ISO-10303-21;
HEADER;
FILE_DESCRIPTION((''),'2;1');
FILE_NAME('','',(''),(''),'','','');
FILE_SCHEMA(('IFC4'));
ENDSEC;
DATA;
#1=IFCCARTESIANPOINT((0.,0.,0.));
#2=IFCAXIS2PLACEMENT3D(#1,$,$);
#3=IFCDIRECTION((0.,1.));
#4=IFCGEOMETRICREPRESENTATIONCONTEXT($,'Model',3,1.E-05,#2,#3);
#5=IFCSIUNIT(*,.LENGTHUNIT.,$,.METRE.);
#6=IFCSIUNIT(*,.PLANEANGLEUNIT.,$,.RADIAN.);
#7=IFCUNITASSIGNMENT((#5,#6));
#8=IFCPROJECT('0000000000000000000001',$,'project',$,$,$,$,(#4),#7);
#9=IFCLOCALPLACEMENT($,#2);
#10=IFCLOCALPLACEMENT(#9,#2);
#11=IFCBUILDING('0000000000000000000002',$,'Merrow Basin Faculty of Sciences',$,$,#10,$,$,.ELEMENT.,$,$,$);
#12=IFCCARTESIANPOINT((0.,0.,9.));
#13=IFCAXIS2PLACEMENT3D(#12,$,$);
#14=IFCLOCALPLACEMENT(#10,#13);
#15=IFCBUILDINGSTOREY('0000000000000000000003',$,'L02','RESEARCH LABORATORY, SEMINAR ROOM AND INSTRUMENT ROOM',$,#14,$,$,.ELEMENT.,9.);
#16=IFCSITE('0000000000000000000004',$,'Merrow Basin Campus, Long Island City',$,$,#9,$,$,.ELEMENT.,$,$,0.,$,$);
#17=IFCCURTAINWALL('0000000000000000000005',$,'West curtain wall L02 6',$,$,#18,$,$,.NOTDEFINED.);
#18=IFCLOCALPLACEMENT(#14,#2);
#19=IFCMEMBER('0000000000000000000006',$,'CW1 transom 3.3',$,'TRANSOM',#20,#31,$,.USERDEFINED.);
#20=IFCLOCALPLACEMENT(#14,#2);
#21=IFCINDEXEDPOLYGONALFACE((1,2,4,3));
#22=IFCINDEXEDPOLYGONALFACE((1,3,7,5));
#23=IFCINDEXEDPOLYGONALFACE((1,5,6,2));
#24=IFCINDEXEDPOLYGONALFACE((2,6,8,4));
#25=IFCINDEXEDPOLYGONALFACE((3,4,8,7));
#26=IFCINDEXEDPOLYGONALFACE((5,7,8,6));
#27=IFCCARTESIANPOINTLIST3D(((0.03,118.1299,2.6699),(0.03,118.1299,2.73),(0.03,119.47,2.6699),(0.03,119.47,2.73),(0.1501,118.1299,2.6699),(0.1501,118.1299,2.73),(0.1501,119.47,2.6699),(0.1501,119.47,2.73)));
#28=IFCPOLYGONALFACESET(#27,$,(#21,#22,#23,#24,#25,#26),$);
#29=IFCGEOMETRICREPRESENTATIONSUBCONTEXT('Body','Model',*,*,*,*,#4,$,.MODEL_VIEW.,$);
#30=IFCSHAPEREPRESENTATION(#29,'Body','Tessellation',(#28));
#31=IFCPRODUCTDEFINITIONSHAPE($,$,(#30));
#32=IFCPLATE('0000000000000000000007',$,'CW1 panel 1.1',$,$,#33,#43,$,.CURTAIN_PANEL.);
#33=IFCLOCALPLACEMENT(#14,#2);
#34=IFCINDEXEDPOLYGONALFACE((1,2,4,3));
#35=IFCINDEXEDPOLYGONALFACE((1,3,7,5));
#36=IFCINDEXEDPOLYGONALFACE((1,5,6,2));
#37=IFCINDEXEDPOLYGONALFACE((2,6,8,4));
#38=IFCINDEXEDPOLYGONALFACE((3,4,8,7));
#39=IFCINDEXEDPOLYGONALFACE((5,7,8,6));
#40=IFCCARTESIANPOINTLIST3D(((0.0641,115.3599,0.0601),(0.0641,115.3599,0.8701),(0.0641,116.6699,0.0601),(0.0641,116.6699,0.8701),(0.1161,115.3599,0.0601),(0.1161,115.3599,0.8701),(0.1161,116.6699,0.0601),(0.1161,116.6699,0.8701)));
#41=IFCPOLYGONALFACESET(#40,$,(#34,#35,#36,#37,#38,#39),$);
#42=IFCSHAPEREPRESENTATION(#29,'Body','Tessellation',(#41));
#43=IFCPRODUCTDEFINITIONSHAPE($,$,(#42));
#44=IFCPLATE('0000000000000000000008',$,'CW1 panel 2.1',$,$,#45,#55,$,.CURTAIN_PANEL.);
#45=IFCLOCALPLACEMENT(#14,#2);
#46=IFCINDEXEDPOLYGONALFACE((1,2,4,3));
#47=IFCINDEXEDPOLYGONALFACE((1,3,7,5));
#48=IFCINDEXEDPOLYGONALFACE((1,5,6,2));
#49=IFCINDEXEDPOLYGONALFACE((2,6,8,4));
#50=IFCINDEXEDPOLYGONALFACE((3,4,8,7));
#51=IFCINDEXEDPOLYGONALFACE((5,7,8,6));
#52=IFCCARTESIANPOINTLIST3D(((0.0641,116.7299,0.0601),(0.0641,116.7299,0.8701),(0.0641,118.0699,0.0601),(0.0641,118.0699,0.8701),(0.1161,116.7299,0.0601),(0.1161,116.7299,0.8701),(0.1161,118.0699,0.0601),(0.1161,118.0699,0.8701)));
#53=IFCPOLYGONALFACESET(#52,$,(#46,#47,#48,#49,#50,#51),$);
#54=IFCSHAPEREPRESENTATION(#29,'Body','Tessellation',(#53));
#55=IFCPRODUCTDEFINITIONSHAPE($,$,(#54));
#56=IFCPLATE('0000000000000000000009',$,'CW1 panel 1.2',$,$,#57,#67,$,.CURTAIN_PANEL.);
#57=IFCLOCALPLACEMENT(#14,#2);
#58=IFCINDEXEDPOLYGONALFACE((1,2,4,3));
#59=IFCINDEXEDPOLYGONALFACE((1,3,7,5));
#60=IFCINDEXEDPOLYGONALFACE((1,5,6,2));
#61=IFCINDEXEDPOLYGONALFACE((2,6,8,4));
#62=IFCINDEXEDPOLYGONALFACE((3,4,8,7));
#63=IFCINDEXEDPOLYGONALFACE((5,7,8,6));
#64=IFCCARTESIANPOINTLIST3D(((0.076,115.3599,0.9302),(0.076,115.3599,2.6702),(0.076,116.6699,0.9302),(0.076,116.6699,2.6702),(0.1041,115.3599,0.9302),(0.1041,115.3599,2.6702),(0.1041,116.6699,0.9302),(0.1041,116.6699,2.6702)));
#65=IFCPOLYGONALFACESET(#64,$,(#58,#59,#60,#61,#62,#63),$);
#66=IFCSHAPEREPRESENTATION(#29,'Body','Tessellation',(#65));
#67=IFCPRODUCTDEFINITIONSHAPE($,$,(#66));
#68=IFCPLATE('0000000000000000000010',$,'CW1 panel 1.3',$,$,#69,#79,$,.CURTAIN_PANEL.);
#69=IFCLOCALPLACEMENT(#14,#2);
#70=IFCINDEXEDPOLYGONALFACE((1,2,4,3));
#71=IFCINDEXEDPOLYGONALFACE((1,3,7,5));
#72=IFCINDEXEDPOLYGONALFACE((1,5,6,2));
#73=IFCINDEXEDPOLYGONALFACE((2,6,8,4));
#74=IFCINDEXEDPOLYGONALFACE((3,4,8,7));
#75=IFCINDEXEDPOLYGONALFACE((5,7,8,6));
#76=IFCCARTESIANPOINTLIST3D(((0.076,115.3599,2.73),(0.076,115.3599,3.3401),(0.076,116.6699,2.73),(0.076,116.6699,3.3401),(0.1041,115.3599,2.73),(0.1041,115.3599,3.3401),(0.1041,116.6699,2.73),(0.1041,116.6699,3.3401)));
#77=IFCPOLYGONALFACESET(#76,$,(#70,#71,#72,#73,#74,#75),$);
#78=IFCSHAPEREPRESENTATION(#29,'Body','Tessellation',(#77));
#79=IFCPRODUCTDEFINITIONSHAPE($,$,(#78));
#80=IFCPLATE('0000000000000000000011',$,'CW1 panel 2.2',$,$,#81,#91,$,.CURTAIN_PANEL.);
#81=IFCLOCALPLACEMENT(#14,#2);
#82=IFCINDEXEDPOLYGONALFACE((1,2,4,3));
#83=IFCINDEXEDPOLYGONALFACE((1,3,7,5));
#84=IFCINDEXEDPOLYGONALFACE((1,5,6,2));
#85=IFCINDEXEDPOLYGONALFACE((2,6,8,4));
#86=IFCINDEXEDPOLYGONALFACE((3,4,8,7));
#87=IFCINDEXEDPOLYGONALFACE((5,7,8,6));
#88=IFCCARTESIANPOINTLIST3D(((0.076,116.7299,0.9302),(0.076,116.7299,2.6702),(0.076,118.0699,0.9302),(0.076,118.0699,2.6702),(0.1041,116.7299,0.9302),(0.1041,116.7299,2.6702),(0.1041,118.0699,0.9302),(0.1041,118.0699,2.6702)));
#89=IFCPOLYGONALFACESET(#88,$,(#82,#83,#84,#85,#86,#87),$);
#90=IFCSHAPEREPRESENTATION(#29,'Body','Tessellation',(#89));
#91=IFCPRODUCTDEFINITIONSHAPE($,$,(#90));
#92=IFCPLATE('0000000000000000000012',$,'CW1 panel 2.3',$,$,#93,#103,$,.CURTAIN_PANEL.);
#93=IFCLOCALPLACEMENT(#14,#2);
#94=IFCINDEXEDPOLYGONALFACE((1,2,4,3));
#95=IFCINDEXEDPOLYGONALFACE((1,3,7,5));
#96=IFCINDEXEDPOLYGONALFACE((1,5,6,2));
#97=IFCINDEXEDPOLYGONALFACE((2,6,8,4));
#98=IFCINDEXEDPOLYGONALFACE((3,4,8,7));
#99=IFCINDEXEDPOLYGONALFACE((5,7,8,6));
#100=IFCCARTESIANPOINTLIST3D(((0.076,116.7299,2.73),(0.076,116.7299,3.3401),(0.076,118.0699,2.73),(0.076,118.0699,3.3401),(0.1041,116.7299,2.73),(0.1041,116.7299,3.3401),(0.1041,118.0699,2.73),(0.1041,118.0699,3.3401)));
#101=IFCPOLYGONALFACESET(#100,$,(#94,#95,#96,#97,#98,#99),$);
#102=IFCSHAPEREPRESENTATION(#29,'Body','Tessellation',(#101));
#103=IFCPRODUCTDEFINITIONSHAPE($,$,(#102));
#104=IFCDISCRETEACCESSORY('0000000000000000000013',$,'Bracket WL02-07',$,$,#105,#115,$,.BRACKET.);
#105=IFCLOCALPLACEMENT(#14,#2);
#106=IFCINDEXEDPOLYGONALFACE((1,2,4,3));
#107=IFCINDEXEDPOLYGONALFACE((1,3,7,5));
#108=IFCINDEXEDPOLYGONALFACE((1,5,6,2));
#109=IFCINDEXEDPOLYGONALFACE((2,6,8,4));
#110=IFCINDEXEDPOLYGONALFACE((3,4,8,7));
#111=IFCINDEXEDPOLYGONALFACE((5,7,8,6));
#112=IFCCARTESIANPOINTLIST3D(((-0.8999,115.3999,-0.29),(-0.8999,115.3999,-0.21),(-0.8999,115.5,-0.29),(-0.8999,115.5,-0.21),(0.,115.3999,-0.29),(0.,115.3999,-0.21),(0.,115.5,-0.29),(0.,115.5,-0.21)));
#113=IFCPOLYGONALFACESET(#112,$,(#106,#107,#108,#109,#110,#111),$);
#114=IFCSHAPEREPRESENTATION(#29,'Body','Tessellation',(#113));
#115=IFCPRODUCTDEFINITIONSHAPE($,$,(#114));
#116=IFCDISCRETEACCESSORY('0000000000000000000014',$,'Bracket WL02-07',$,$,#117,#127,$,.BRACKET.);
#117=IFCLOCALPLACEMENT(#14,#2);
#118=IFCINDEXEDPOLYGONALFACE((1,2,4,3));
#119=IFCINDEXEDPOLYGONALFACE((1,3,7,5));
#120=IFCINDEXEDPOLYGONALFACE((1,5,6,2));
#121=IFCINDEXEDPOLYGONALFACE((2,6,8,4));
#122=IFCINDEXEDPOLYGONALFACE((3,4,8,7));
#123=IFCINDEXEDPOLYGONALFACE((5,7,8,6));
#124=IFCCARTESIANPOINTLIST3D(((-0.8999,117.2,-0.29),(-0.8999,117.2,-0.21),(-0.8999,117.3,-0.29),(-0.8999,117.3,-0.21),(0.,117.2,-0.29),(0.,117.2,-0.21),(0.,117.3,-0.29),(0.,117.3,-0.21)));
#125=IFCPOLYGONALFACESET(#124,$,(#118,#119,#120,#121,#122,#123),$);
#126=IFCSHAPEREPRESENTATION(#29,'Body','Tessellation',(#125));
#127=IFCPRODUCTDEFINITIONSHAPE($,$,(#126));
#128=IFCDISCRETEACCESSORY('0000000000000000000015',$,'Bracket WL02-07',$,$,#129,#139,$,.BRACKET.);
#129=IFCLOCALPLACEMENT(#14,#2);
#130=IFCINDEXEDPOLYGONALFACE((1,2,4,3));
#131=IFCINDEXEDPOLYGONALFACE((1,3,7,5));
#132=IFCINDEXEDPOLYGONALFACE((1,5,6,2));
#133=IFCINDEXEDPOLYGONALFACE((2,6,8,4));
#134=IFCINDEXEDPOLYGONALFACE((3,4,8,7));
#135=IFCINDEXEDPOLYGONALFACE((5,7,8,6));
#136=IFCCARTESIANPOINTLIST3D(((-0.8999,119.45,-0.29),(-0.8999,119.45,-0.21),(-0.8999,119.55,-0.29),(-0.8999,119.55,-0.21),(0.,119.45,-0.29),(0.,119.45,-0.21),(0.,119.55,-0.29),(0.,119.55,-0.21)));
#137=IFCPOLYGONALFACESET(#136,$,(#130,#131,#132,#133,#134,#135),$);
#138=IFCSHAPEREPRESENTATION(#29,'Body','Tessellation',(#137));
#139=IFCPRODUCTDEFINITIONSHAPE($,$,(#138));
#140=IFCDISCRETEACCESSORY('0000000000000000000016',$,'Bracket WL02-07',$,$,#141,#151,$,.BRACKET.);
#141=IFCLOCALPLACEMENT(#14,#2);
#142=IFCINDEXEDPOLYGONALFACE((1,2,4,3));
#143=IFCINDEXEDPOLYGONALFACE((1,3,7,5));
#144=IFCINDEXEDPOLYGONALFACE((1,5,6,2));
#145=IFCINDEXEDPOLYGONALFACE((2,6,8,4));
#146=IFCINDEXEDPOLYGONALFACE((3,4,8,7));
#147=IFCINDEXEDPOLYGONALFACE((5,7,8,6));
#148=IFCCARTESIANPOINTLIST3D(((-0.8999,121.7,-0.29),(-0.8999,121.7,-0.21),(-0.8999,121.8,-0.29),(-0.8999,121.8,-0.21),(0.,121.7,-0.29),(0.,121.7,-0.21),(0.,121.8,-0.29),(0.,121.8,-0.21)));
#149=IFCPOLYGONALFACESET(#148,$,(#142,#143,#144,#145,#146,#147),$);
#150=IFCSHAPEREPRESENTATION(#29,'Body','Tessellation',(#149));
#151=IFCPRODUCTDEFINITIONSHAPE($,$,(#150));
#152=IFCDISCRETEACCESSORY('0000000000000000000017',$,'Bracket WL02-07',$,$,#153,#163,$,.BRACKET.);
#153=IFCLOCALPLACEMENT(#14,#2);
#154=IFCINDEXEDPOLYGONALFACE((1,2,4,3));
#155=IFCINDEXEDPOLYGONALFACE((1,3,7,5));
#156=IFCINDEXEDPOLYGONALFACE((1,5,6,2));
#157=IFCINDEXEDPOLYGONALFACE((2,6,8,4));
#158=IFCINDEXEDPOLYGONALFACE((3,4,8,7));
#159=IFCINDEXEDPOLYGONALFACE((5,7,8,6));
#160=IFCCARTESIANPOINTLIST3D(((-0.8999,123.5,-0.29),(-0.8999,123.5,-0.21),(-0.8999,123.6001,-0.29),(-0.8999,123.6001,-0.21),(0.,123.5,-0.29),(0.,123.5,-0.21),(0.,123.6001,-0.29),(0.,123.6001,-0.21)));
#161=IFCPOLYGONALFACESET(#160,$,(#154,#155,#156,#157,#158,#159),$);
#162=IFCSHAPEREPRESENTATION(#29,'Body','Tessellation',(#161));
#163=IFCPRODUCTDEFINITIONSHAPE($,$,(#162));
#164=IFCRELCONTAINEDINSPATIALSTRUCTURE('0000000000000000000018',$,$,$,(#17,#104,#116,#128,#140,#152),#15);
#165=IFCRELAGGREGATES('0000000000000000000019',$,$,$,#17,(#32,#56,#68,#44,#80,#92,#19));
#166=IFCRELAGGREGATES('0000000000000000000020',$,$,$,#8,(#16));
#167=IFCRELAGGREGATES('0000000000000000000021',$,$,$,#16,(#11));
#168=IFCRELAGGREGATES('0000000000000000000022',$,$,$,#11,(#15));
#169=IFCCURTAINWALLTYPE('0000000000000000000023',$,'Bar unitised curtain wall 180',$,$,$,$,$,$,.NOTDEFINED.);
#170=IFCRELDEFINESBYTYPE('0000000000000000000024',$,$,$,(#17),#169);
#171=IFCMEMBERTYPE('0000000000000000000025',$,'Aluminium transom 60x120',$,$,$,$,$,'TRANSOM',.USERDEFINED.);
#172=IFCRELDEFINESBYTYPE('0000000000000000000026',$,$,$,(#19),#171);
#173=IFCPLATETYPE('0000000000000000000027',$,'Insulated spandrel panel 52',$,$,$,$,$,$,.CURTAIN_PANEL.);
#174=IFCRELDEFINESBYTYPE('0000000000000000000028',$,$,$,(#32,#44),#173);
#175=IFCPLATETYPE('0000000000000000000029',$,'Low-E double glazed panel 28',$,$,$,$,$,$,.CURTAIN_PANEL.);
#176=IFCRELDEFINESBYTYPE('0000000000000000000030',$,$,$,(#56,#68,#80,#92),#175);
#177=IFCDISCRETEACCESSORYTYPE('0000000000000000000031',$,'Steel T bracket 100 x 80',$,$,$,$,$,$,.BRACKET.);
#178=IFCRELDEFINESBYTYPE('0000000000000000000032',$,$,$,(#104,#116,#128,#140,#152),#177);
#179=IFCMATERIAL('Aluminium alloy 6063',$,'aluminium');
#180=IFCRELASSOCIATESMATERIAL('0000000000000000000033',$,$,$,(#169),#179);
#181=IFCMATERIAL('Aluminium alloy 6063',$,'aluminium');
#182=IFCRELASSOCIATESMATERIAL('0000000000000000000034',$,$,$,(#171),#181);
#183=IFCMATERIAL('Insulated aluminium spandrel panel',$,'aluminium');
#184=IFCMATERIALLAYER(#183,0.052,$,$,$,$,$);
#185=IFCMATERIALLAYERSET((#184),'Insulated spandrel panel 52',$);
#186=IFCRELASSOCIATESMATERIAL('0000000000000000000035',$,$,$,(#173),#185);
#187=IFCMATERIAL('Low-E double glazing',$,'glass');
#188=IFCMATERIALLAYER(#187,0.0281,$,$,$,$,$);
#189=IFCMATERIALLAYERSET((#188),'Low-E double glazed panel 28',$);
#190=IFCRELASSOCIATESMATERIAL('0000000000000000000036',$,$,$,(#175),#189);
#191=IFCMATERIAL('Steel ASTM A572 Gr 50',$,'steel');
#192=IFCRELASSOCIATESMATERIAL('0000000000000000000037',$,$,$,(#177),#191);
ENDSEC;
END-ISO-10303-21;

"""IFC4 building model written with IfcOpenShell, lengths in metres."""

from ifc_helpers import new_model, si_unit, direction, frame, origin, origin_2d, place, context, subcontext, project, spatial, polyline, rectangle, outline, extrude, source, transform, mapped, material, layer, layer_set, material_profile, profile_set, type_object, element, aggregate, save


model = new_model("IFC4")

# Units and contexts
model_context = context("Model", 3, precision=1e-05, world=origin(), true_north=direction((0.0, 1.0)))
body_context = subcontext(model_context, "Body", "Model", "MODEL_VIEW")
ifc_project = project(units=[si_unit("LENGTHUNIT", "METRE"), si_unit("PLANEANGLEUNIT", "RADIAN")], contexts=[model_context])

# Site, building, storey
site_placement = place(None, origin())
site = spatial("IfcSite", under=ifc_project, at=site_placement, Name="Merrow Basin Campus, Long Island City", CompositionType="ELEMENT", RefElevation=0.0)
building_placement = place(site_placement, origin())
building = spatial("IfcBuilding", under=site, at=building_placement, Name="Merrow Basin Faculty of Sciences", CompositionType="ELEMENT")
storey_placement = place(building_placement, frame((0.0, 0.0, 9.0)))
storey = spatial("IfcBuildingStorey", under=building, at=storey_placement, Name="L02", Description="RESEARCH LABORATORY, SEMINAR ROOM AND INSTRUMENT ROOM", CompositionType="ELEMENT", Elevation=9.0)

# Curtain wall, member, plates
ifc_material_1 = material(Name="Aluminium alloy 6063", Category="aluminium")
curtain_wall_type = type_object("IfcCurtainWallType", Name="Bar unitised curtain wall 180", PredefinedType="NOTDEFINED", material=ifc_material_1)
curtain_wall_placement = place(storey_placement, origin())
curtain_wall = element("IfcCurtainWall", 1, at=curtain_wall_placement, inside=storey, type_object=curtain_wall_type, Name="West curtain wall L02 6", PredefinedType="NOTDEFINED")
ifc_material_2 = material(Name="Aluminium alloy 6063", Category="aluminium")
ifc_material_profile_1 = material_profile(ifc_material_2, rectangle(XDim=0.1201, YDim=0.0601, at=origin_2d()))
ifc_profile_set_1 = profile_set([ifc_material_profile_1], Name="Aluminium alloy 6063")
member_type_1 = type_object("IfcMemberType", Name="Aluminium transom 60x120", ElementType="TRANSOM", PredefinedType="USERDEFINED", material=ifc_profile_set_1)
member_1_placement = place(storey_placement, frame((0.0901, 118.1299, 2.7), z_axis=(0.0, 1.0, 0.0), x_axis=(-1.0, 0.0, 0.0)))
member_1 = element("IfcMember", 2, at=member_1_placement, type_object=member_type_1, Name="CW1 transom 3.3", ObjectType="TRANSOM", PredefinedType="USERDEFINED", context=body_context, shape_type="SweptSolid", body=[
    extrude(rectangle(XDim=0.1201, YDim=0.0601, at=origin_2d()), origin(), (0.0, 0.0, 1.0), 1.3401),
])
ifc_material_3 = material(Name="Insulated aluminium spandrel panel", Category="aluminium")
ifc_layer_1 = layer(ifc_material_3, 0.052)
ifc_layer_set_1 = layer_set([ifc_layer_1], Name="Insulated spandrel panel 52")
plate_type_1 = type_object("IfcPlateType", Name="Insulated spandrel panel 52", PredefinedType="CURTAIN_PANEL", material=ifc_layer_set_1)
plate_1_placement = place(storey_placement, frame((0.0901, 116.0149, 0.0601), z_axis=(0.0, 0.0, 1.0), x_axis=(0.0, 1.0, 0.0)))
plate_1 = element("IfcPlate", 3, at=plate_1_placement, type_object=plate_type_1, Name="CW1 panel 1.1", PredefinedType="CURTAIN_PANEL", context=body_context, shape_type="SweptSolid", body=[
    extrude(rectangle(XDim=1.3101, YDim=0.052, at=origin_2d()), origin(), (0.0, 0.0, 1.0), 0.8101),
])
plate_2_placement = place(storey_placement, frame((0.0901, 117.3999, 0.0601), z_axis=(0.0, 0.0, 1.0), x_axis=(0.0, 1.0, 0.0)))
plate_2 = element("IfcPlate", 4, at=plate_2_placement, type_object=plate_type_1, Name="CW1 panel 2.1", PredefinedType="CURTAIN_PANEL", context=body_context, shape_type="SweptSolid", body=[
    extrude(rectangle(XDim=1.3401, YDim=0.052, at=origin_2d()), origin(), (0.0, 0.0, 1.0), 0.8101),
])
ifc_material_4 = material(Name="Low-E double glazing", Category="glass")
ifc_layer_2 = layer(ifc_material_4, 0.0281)
ifc_layer_set_2 = layer_set([ifc_layer_2], Name="Low-E double glazed panel 28")
plate_type_2 = type_object("IfcPlateType", Name="Low-E double glazed panel 28", PredefinedType="CURTAIN_PANEL", material=ifc_layer_set_2)
plate_3_placement = place(storey_placement, frame((0.0901, 116.0149, 0.9302), z_axis=(0.0, 0.0, 1.0), x_axis=(0.0, 1.0, 0.0)))
plate_3 = element("IfcPlate", 5, at=plate_3_placement, type_object=plate_type_2, Name="CW1 panel 1.2", PredefinedType="CURTAIN_PANEL", context=body_context, shape_type="SweptSolid", body=[
    extrude(rectangle(XDim=1.3101, YDim=0.0281, at=origin_2d()), origin(), (0.0, 0.0, 1.0), 1.74),
])
plate_4_placement = place(storey_placement, frame((0.0901, 116.0149, 2.73), z_axis=(0.0, 0.0, 1.0), x_axis=(0.0, 1.0, 0.0)))
plate_4 = element("IfcPlate", 6, at=plate_4_placement, type_object=plate_type_2, Name="CW1 panel 1.3", PredefinedType="CURTAIN_PANEL", context=body_context, shape_type="SweptSolid", body=[
    extrude(rectangle(XDim=1.3101, YDim=0.0281, at=origin_2d()), origin(), (0.0, 0.0, 1.0), 0.6101),
])
plate_5_placement = place(storey_placement, frame((0.0901, 117.3999, 0.9302), z_axis=(0.0, 0.0, 1.0), x_axis=(0.0, 1.0, 0.0)))
plate_5 = element("IfcPlate", 7, at=plate_5_placement, type_object=plate_type_2, Name="CW1 panel 2.2", PredefinedType="CURTAIN_PANEL", context=body_context, shape_type="SweptSolid", body=[
    extrude(rectangle(XDim=1.3401, YDim=0.0281, at=origin_2d()), origin(), (0.0, 0.0, 1.0), 1.74),
])
plate_6_placement = place(storey_placement, frame((0.0901, 117.3999, 2.73), z_axis=(0.0, 0.0, 1.0), x_axis=(0.0, 1.0, 0.0)))
plate_6 = element("IfcPlate", 8, at=plate_6_placement, type_object=plate_type_2, Name="CW1 panel 2.3", PredefinedType="CURTAIN_PANEL", context=body_context, shape_type="SweptSolid", body=[
    extrude(rectangle(XDim=1.3401, YDim=0.0281, at=origin_2d()), origin(), (0.0, 0.0, 1.0), 0.6101),
])
aggregate(curtain_wall, [plate_1, plate_3, plate_4, plate_2, plate_5, plate_6, member_1])

# Discrete accessories
ifc_material_5 = material(Name="Steel ASTM A572 Gr 50", Category="steel")
discrete_accessory_type = type_object("IfcDiscreteAccessoryType", Name="Steel T bracket 100 x 80", PredefinedType="BRACKET", material=ifc_material_5)
shared_shape_1 = source(origin(), body_context, "Body", "SweptSolid", [
    extrude(outline(polyline([(0.0, 0.0), (0.1001, 0.0), (0.1001, 0.0801), (0.0, 0.0801), (0.0, 0.0)])), origin(), (0.0, 0.0, 1.0), 0.8999),
])
for number, where, z_axis, x_axis, name in (
    (9, (-0.8999, 115.3999, -0.29), (1.0, 0.0, 0.0), (0.0, 1.0, 0.0), "Bracket WL02-07"),
    (10, (-0.8999, 117.2, -0.29), (1.0, 0.0, 0.0), (0.0, 1.0, 0.0), "Bracket WL02-07"),
    (11, (-0.8999, 119.45, -0.29), (1.0, 0.0, 0.0), (0.0, 1.0, 0.0), "Bracket WL02-07"),
    (12, (-0.8999, 121.7, -0.29), (1.0, 0.0, 0.0), (0.0, 1.0, 0.0), "Bracket WL02-07"),
    (13, (-0.8999, 123.5, -0.29), (1.0, 0.0, 0.0), (0.0, 1.0, 0.0), "Bracket WL02-07"),
):
    element("IfcDiscreteAccessory", number, at=place(storey_placement, frame(where, z_axis=z_axis, x_axis=x_axis)), inside=storey, type_object=discrete_accessory_type, Name=name, PredefinedType="BRACKET", context=body_context, shape_type="MappedRepresentation", body=[
        mapped(shared_shape_1, transform((0.0, 0.0, 0.0), scale=1.0)),
    ])

save(model, "model.ifc")
